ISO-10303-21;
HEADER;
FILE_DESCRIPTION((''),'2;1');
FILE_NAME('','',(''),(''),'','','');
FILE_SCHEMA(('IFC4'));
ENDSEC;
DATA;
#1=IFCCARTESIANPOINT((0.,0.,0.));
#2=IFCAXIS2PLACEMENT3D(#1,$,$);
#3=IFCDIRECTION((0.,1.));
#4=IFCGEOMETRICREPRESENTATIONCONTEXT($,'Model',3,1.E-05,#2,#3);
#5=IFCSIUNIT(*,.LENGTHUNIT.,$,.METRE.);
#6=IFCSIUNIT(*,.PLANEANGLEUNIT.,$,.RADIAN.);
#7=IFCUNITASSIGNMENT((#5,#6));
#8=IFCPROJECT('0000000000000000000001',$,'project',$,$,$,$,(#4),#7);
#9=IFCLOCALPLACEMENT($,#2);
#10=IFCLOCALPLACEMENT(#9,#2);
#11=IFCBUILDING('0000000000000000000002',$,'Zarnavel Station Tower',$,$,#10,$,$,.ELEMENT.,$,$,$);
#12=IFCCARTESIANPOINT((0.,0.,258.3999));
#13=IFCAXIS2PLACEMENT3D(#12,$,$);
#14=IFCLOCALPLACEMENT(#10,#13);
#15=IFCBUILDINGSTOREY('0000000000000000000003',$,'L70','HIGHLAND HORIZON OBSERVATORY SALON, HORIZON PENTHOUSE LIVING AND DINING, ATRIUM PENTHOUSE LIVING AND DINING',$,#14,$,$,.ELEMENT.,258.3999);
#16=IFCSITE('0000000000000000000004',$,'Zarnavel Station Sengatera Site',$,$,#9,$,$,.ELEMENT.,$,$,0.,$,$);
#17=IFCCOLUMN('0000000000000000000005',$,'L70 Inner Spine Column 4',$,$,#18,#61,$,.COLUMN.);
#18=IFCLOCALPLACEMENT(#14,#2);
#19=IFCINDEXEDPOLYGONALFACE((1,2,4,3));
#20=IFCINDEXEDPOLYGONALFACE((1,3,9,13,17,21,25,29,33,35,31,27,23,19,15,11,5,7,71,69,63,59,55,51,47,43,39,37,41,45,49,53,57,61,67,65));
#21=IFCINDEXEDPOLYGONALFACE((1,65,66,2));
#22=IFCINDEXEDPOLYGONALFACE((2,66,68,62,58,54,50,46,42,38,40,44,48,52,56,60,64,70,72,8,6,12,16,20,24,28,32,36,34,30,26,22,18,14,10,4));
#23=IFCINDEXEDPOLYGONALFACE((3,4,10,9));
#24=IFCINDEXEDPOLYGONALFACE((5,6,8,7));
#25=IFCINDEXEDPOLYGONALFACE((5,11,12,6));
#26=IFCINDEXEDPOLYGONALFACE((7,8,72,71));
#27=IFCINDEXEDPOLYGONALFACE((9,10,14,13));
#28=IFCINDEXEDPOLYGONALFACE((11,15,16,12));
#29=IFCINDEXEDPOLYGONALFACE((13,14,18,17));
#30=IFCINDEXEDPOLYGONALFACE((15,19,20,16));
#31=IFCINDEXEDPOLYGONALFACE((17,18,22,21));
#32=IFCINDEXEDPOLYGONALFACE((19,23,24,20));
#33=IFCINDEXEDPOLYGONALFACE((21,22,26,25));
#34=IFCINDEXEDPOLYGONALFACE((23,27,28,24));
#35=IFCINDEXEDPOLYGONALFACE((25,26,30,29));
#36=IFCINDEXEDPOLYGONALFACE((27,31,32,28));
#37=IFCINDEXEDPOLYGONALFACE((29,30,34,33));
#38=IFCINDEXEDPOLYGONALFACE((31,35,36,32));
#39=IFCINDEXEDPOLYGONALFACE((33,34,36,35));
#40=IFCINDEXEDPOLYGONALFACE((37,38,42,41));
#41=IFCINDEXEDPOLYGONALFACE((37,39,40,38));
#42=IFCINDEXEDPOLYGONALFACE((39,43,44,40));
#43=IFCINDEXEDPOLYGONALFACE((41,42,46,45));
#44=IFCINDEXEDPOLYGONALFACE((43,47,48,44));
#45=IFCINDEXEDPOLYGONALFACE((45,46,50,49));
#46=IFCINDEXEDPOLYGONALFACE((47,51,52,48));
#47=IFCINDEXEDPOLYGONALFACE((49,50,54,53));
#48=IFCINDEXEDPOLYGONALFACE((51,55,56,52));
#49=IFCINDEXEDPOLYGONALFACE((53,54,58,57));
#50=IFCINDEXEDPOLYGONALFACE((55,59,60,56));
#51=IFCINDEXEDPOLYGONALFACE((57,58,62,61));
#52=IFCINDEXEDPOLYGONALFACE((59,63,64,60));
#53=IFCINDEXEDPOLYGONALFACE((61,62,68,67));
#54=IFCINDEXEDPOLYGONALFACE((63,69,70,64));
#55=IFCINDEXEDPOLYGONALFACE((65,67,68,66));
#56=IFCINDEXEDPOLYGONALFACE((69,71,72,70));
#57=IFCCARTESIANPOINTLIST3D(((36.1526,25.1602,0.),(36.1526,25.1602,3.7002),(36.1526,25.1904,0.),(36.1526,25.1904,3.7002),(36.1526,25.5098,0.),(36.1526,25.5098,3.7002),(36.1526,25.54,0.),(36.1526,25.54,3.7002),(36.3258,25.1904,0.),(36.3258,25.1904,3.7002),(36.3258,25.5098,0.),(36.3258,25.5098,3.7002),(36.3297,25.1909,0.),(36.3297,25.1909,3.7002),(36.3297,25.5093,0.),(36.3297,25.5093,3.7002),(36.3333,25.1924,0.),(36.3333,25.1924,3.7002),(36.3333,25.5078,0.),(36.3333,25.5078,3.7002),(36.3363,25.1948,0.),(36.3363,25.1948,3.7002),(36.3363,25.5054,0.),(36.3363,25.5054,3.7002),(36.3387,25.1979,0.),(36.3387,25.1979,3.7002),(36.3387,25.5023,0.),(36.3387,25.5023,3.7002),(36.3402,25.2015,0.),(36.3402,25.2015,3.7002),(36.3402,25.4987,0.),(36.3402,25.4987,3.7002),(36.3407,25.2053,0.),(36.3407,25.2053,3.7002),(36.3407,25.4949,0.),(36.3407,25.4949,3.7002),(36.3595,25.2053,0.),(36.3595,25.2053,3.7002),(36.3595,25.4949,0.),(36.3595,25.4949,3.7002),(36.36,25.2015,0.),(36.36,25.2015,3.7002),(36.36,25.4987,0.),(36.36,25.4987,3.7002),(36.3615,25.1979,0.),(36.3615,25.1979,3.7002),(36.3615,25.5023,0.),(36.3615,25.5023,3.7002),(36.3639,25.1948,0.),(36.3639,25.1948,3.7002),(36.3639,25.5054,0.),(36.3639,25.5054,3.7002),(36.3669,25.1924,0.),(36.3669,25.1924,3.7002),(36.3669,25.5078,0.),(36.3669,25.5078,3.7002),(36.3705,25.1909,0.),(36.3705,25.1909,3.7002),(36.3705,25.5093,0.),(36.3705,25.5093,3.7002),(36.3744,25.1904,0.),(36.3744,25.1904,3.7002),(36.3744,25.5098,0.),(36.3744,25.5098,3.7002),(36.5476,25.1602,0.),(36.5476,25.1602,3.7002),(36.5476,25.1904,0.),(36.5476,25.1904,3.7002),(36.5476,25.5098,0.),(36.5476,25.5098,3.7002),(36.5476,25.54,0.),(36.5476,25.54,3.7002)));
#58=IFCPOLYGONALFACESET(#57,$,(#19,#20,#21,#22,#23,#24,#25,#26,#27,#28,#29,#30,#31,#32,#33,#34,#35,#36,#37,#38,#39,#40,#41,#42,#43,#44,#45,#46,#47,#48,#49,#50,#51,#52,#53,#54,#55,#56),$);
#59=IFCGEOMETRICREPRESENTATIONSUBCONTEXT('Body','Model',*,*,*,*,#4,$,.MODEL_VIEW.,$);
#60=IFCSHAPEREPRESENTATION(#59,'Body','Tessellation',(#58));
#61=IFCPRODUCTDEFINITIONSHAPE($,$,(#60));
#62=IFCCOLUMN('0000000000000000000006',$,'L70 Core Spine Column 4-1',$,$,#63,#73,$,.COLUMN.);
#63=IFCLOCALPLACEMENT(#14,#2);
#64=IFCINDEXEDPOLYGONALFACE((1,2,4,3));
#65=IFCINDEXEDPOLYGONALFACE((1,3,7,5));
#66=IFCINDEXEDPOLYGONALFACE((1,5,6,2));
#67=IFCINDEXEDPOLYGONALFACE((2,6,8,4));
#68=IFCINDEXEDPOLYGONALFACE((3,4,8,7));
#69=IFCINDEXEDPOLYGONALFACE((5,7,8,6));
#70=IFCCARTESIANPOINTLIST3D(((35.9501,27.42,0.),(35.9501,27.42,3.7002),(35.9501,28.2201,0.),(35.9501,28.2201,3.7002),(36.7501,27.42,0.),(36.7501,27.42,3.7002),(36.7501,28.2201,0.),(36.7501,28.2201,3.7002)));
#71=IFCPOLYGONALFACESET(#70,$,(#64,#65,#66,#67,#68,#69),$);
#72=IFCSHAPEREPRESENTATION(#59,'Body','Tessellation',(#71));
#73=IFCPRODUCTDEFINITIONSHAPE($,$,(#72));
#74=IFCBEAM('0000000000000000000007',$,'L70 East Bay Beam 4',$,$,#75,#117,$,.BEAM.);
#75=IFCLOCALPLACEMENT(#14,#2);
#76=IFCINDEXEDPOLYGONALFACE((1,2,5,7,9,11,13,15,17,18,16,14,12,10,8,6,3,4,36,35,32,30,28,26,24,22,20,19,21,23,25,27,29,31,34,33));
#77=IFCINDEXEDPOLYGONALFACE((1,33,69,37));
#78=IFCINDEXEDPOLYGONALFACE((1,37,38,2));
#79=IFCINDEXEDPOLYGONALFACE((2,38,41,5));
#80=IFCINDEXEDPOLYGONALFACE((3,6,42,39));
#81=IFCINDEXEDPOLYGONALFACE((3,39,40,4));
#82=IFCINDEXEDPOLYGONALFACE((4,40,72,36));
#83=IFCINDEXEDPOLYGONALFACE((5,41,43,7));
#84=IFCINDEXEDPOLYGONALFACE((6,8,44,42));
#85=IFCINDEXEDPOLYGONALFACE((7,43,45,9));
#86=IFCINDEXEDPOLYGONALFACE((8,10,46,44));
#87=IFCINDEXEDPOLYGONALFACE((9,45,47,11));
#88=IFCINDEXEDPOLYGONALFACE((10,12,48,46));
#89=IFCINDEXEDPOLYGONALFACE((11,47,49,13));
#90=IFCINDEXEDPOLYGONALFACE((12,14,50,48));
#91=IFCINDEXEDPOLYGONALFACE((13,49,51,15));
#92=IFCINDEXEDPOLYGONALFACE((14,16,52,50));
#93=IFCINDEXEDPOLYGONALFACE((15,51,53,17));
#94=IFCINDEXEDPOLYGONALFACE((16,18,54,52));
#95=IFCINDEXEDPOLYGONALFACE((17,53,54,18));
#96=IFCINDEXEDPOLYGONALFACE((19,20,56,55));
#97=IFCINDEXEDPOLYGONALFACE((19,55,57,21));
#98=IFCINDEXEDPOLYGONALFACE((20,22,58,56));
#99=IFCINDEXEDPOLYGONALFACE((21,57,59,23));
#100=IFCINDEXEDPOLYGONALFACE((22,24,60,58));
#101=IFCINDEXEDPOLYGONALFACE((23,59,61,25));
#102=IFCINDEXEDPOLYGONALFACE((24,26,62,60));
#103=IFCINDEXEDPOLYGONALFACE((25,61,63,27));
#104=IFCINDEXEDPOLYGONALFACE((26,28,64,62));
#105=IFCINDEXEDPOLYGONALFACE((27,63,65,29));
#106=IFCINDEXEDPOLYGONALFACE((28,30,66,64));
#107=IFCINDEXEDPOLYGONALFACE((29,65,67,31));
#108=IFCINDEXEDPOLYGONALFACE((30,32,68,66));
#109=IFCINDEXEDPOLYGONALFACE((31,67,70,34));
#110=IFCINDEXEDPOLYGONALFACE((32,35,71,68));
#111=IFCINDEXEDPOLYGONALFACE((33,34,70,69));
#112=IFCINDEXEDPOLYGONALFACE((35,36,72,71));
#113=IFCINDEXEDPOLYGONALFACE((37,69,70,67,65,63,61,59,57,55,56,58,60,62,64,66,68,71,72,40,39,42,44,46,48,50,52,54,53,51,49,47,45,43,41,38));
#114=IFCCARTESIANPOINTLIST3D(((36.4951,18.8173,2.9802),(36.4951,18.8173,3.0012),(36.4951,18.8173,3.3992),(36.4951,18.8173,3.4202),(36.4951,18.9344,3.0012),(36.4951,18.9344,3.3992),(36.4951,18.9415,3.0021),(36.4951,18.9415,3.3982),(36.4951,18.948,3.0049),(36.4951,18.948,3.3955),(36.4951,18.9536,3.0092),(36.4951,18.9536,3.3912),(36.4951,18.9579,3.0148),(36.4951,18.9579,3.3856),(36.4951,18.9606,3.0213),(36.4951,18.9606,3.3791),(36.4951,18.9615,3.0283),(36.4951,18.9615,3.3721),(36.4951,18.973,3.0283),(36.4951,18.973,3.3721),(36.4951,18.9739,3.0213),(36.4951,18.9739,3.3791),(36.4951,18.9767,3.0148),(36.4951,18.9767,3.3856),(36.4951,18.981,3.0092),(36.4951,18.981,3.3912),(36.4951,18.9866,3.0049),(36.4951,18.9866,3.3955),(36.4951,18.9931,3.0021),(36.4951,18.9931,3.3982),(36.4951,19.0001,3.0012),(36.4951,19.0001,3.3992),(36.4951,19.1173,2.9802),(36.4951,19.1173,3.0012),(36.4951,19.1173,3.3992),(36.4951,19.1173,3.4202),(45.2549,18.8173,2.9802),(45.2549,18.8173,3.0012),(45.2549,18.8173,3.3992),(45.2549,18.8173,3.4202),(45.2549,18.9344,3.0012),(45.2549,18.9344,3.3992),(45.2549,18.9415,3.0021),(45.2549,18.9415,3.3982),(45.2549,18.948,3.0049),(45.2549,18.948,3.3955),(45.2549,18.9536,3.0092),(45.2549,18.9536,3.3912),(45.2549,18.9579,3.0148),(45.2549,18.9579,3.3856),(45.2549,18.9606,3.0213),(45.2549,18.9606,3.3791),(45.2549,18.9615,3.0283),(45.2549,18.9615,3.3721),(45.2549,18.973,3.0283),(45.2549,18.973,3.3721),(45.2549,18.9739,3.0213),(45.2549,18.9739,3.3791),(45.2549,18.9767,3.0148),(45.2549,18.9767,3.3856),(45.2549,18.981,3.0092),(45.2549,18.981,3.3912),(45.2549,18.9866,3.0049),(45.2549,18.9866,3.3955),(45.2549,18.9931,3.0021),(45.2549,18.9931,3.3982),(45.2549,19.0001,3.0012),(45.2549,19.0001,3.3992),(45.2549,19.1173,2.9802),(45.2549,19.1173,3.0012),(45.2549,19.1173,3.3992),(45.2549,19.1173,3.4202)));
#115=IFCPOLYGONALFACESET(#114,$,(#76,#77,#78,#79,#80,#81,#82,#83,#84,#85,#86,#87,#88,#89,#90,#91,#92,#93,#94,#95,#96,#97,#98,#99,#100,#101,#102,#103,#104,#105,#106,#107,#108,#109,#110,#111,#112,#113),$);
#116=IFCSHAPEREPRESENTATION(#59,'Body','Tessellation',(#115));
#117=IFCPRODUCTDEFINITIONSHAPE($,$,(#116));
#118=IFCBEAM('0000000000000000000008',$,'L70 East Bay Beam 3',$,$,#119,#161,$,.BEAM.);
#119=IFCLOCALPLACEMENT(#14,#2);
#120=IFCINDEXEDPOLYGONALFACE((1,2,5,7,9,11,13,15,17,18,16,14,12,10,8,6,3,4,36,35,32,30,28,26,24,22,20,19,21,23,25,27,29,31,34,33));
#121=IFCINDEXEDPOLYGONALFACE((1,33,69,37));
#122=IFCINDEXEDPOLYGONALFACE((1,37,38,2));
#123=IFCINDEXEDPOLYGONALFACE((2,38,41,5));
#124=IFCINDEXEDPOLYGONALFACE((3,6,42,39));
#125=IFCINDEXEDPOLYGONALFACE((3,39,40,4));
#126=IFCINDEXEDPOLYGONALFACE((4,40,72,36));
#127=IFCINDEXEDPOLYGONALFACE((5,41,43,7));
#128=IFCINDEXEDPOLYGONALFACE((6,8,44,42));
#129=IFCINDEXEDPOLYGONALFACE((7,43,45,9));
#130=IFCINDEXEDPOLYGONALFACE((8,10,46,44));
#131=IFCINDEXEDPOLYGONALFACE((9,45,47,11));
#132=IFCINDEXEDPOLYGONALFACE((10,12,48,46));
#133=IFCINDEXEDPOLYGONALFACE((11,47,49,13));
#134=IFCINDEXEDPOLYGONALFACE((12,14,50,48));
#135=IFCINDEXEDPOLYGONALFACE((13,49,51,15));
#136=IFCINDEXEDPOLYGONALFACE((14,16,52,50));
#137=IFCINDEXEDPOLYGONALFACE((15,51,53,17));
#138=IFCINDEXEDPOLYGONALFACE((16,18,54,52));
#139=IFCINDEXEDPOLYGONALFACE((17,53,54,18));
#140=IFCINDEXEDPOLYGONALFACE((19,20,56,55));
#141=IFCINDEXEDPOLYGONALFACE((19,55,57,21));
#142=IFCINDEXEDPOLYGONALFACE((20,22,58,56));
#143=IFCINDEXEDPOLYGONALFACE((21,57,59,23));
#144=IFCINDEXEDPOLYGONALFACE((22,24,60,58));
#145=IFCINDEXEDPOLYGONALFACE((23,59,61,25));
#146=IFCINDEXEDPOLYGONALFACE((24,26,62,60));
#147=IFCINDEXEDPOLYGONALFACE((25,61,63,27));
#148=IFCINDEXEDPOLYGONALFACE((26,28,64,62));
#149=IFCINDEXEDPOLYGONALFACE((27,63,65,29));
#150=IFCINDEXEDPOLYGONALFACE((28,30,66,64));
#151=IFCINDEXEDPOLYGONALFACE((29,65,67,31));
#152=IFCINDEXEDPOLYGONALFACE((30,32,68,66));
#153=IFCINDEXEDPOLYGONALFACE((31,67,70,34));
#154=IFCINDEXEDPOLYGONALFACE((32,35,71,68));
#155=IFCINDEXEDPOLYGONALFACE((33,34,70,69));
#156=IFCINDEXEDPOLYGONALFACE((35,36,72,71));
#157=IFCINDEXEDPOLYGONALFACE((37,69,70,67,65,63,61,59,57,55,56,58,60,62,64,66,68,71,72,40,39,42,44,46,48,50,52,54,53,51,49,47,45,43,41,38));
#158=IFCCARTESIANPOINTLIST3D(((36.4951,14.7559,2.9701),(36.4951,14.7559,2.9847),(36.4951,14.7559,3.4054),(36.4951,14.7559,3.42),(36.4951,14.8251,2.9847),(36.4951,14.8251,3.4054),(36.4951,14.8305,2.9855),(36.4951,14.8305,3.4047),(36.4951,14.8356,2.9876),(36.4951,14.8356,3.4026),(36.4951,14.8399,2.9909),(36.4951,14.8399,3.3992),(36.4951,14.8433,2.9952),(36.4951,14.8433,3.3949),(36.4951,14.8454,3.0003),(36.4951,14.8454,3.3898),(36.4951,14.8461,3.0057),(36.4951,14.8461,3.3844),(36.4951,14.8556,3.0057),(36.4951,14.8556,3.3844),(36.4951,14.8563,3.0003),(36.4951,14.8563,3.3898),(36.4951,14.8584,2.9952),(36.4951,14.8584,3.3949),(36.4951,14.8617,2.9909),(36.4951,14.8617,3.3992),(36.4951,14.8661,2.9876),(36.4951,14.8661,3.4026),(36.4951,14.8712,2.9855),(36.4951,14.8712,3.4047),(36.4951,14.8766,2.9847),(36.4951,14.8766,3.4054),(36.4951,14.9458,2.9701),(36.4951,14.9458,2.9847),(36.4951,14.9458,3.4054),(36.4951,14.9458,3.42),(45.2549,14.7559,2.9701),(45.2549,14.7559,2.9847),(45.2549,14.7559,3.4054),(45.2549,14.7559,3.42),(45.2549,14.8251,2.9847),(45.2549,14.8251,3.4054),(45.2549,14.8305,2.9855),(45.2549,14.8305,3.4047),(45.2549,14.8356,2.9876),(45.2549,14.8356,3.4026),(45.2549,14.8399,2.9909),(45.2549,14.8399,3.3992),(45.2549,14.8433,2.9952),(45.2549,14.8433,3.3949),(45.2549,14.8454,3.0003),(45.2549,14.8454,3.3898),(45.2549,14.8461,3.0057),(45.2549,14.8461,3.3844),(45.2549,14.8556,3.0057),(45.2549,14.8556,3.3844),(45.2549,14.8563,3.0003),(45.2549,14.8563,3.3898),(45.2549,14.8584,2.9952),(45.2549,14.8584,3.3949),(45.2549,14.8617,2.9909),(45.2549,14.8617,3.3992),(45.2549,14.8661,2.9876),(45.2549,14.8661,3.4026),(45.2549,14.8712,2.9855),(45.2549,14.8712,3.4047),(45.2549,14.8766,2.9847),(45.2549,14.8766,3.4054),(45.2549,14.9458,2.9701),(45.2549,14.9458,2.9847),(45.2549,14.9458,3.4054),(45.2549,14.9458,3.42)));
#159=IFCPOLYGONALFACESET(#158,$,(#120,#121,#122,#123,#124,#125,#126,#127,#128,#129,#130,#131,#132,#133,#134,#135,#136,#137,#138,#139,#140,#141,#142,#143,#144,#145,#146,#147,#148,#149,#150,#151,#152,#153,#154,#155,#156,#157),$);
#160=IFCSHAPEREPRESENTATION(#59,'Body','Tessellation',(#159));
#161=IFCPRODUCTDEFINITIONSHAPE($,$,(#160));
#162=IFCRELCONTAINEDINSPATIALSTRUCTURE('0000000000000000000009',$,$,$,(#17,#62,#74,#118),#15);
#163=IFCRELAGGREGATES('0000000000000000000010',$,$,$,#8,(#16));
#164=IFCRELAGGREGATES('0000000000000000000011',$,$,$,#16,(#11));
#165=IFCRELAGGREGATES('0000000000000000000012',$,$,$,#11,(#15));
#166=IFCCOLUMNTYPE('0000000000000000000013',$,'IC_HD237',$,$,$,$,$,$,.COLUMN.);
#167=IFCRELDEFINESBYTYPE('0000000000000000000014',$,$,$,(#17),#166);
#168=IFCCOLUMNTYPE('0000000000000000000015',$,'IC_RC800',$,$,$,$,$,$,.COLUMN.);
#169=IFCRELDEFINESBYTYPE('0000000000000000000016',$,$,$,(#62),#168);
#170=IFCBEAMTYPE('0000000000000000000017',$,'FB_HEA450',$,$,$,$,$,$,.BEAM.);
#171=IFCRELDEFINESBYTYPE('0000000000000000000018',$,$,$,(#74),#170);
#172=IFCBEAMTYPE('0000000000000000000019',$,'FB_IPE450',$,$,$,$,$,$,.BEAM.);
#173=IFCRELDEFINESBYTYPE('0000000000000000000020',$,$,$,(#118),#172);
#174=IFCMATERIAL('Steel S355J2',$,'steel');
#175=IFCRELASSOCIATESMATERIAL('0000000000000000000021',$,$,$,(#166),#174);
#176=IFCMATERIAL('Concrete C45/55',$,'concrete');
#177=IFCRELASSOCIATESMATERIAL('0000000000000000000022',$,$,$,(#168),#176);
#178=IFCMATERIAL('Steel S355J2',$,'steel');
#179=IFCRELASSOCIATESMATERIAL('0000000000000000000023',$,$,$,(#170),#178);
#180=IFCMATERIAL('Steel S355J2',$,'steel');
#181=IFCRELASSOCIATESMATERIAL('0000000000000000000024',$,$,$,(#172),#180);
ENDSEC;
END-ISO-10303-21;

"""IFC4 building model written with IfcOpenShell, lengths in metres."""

from ifc_helpers import new_model, si_unit, direction, frame, origin, origin_2d, place, context, subcontext, project, spatial, rectangle, i_section, extrude, material, material_profile, profile_set, type_object, element, save


model = new_model("IFC4")

# Units and contexts
model_context = context("Model", 3, precision=1e-05, world=origin(), true_north=direction((0.0, 1.0)))
body_context = subcontext(model_context, "Body", "Model", "MODEL_VIEW")
ifc_project = project(units=[si_unit("LENGTHUNIT", "METRE"), si_unit("PLANEANGLEUNIT", "RADIAN")], contexts=[model_context])

# Site, building, storey
site_placement = place(None, origin())
site = spatial("IfcSite", under=ifc_project, at=site_placement, Name="Zarnavel Station Sengatera Site", CompositionType="ELEMENT", RefElevation=0.0)
building_placement = place(site_placement, origin())
building = spatial("IfcBuilding", under=site, at=building_placement, Name="Zarnavel Station Tower", CompositionType="ELEMENT")
storey_placement = place(building_placement, frame((0.0, 0.0, 258.3999)))
storey = spatial("IfcBuildingStorey", under=building, at=storey_placement, Name="L70", Description="HIGHLAND HORIZON OBSERVATORY SALON, HORIZON PENTHOUSE LIVING AND DINING, ATRIUM PENTHOUSE LIVING AND DINING", CompositionType="ELEMENT", Elevation=258.3999)

# Columns
ifc_material_1 = material(Name="Steel S355J2", Category="steel")
ifc_material_profile_1 = material_profile(ifc_material_1, i_section(OverallWidth=0.395, OverallDepth=0.3799, WebThickness=0.0188, FlangeThickness=0.0303, FilletRadius=0.0149, at=origin_2d()), Name="HD400x237")
ifc_profile_set_1 = profile_set([ifc_material_profile_1], Name="Steel S355J2")
column_type_1 = type_object("IfcColumnType", Name="IC_HD237", PredefinedType="COLUMN", material=ifc_profile_set_1)
column_1_placement = place(storey_placement, frame((36.3501, 25.3501, 0.0), z_axis=(0.0, 0.0, 1.0), x_axis=(1.0, 0.0, 0.0)))
element("IfcColumn", 1, at=column_1_placement, inside=storey, type_object=column_type_1, Name="L70 Inner Spine Column 4", PredefinedType="COLUMN", context=body_context, shape_type="SweptSolid", body=[
    extrude(i_section(OverallWidth=0.395, OverallDepth=0.3799, WebThickness=0.0188, FlangeThickness=0.0303, FilletRadius=0.0149, at=origin_2d()), origin(), (0.0, 0.0, 1.0), 3.7002),
])
ifc_material_2 = material(Name="Concrete C45/55", Category="concrete")
ifc_material_profile_2 = material_profile(ifc_material_2, rectangle(XDim=0.8, YDim=0.8, at=origin_2d()), Name="RC800x800")
ifc_profile_set_2 = profile_set([ifc_material_profile_2], Name="Concrete C45/55")
column_type_2 = type_object("IfcColumnType", Name="IC_RC800", PredefinedType="COLUMN", material=ifc_profile_set_2)
column_2_placement = place(storey_placement, frame((36.3501, 27.8201, 0.0), z_axis=(0.0, 0.0, 1.0), x_axis=(1.0, 0.0, 0.0)))
element("IfcColumn", 2, at=column_2_placement, inside=storey, type_object=column_type_2, Name="L70 Core Spine Column 4-1", PredefinedType="COLUMN", context=body_context, shape_type="SweptSolid", body=[
    extrude(rectangle(XDim=0.8, YDim=0.8, at=origin_2d()), origin(), (0.0, 0.0, 1.0), 3.7002),
])

# Beams
ifc_material_3 = material(Name="Steel S355J2", Category="steel")
ifc_material_profile_3 = material_profile(ifc_material_3, i_section(OverallWidth=0.3, OverallDepth=0.4399, WebThickness=0.0115, FlangeThickness=0.021, FilletRadius=0.0271, at=origin_2d()), Name="HEA450")
ifc_profile_set_3 = profile_set([ifc_material_profile_3], Name="Steel S355J2")
beam_type_1 = type_object("IfcBeamType", Name="FB_HEA450", PredefinedType="BEAM", material=ifc_profile_set_3)
beam_1_placement = place(storey_placement, frame((36.4951, 18.9673, 3.2002), z_axis=(1.0, 0.0, 0.0), x_axis=(0.0, 1.0, 0.0)))
element("IfcBeam", 3, at=beam_1_placement, inside=storey, type_object=beam_type_1, Name="L70 East Bay Beam 4", PredefinedType="BEAM", context=body_context, shape_type="SweptSolid", body=[
    extrude(i_section(OverallWidth=0.3, OverallDepth=0.4399, WebThickness=0.0115, FlangeThickness=0.021, FilletRadius=0.0271, at=origin_2d()), origin(), (0.0, 0.0, 1.0), 8.7598),
])
ifc_material_4 = material(Name="Steel S355J2", Category="steel")
ifc_material_profile_4 = material_profile(ifc_material_4, i_section(OverallWidth=0.1899, OverallDepth=0.45, WebThickness=0.0095, FlangeThickness=0.0146, FilletRadius=0.021, at=origin_2d()), Name="IPE450")
ifc_profile_set_4 = profile_set([ifc_material_profile_4], Name="Steel S355J2")
beam_type_2 = type_object("IfcBeamType", Name="FB_IPE450", PredefinedType="BEAM", material=ifc_profile_set_4)
for number, where, z_axis, x_axis, name in (
    (4, (36.4951, 14.8508, 3.1951), (1.0, 0.0, 0.0), (0.0, 1.0, 0.0), "L70 East Bay Beam 3"),
):
    element("IfcBeam", number, at=place(storey_placement, frame(where, z_axis=z_axis, x_axis=x_axis)), inside=storey, type_object=beam_type_2, Name=name, PredefinedType="BEAM", context=body_context, shape_type="SweptSolid", body=[
        extrude(i_section(OverallWidth=0.1899, OverallDepth=0.45, WebThickness=0.0095, FlangeThickness=0.0146, FilletRadius=0.021, at=origin_2d()), origin(), (0.0, 0.0, 1.0), 8.7598),
    ])

save(model, "model.ifc")
